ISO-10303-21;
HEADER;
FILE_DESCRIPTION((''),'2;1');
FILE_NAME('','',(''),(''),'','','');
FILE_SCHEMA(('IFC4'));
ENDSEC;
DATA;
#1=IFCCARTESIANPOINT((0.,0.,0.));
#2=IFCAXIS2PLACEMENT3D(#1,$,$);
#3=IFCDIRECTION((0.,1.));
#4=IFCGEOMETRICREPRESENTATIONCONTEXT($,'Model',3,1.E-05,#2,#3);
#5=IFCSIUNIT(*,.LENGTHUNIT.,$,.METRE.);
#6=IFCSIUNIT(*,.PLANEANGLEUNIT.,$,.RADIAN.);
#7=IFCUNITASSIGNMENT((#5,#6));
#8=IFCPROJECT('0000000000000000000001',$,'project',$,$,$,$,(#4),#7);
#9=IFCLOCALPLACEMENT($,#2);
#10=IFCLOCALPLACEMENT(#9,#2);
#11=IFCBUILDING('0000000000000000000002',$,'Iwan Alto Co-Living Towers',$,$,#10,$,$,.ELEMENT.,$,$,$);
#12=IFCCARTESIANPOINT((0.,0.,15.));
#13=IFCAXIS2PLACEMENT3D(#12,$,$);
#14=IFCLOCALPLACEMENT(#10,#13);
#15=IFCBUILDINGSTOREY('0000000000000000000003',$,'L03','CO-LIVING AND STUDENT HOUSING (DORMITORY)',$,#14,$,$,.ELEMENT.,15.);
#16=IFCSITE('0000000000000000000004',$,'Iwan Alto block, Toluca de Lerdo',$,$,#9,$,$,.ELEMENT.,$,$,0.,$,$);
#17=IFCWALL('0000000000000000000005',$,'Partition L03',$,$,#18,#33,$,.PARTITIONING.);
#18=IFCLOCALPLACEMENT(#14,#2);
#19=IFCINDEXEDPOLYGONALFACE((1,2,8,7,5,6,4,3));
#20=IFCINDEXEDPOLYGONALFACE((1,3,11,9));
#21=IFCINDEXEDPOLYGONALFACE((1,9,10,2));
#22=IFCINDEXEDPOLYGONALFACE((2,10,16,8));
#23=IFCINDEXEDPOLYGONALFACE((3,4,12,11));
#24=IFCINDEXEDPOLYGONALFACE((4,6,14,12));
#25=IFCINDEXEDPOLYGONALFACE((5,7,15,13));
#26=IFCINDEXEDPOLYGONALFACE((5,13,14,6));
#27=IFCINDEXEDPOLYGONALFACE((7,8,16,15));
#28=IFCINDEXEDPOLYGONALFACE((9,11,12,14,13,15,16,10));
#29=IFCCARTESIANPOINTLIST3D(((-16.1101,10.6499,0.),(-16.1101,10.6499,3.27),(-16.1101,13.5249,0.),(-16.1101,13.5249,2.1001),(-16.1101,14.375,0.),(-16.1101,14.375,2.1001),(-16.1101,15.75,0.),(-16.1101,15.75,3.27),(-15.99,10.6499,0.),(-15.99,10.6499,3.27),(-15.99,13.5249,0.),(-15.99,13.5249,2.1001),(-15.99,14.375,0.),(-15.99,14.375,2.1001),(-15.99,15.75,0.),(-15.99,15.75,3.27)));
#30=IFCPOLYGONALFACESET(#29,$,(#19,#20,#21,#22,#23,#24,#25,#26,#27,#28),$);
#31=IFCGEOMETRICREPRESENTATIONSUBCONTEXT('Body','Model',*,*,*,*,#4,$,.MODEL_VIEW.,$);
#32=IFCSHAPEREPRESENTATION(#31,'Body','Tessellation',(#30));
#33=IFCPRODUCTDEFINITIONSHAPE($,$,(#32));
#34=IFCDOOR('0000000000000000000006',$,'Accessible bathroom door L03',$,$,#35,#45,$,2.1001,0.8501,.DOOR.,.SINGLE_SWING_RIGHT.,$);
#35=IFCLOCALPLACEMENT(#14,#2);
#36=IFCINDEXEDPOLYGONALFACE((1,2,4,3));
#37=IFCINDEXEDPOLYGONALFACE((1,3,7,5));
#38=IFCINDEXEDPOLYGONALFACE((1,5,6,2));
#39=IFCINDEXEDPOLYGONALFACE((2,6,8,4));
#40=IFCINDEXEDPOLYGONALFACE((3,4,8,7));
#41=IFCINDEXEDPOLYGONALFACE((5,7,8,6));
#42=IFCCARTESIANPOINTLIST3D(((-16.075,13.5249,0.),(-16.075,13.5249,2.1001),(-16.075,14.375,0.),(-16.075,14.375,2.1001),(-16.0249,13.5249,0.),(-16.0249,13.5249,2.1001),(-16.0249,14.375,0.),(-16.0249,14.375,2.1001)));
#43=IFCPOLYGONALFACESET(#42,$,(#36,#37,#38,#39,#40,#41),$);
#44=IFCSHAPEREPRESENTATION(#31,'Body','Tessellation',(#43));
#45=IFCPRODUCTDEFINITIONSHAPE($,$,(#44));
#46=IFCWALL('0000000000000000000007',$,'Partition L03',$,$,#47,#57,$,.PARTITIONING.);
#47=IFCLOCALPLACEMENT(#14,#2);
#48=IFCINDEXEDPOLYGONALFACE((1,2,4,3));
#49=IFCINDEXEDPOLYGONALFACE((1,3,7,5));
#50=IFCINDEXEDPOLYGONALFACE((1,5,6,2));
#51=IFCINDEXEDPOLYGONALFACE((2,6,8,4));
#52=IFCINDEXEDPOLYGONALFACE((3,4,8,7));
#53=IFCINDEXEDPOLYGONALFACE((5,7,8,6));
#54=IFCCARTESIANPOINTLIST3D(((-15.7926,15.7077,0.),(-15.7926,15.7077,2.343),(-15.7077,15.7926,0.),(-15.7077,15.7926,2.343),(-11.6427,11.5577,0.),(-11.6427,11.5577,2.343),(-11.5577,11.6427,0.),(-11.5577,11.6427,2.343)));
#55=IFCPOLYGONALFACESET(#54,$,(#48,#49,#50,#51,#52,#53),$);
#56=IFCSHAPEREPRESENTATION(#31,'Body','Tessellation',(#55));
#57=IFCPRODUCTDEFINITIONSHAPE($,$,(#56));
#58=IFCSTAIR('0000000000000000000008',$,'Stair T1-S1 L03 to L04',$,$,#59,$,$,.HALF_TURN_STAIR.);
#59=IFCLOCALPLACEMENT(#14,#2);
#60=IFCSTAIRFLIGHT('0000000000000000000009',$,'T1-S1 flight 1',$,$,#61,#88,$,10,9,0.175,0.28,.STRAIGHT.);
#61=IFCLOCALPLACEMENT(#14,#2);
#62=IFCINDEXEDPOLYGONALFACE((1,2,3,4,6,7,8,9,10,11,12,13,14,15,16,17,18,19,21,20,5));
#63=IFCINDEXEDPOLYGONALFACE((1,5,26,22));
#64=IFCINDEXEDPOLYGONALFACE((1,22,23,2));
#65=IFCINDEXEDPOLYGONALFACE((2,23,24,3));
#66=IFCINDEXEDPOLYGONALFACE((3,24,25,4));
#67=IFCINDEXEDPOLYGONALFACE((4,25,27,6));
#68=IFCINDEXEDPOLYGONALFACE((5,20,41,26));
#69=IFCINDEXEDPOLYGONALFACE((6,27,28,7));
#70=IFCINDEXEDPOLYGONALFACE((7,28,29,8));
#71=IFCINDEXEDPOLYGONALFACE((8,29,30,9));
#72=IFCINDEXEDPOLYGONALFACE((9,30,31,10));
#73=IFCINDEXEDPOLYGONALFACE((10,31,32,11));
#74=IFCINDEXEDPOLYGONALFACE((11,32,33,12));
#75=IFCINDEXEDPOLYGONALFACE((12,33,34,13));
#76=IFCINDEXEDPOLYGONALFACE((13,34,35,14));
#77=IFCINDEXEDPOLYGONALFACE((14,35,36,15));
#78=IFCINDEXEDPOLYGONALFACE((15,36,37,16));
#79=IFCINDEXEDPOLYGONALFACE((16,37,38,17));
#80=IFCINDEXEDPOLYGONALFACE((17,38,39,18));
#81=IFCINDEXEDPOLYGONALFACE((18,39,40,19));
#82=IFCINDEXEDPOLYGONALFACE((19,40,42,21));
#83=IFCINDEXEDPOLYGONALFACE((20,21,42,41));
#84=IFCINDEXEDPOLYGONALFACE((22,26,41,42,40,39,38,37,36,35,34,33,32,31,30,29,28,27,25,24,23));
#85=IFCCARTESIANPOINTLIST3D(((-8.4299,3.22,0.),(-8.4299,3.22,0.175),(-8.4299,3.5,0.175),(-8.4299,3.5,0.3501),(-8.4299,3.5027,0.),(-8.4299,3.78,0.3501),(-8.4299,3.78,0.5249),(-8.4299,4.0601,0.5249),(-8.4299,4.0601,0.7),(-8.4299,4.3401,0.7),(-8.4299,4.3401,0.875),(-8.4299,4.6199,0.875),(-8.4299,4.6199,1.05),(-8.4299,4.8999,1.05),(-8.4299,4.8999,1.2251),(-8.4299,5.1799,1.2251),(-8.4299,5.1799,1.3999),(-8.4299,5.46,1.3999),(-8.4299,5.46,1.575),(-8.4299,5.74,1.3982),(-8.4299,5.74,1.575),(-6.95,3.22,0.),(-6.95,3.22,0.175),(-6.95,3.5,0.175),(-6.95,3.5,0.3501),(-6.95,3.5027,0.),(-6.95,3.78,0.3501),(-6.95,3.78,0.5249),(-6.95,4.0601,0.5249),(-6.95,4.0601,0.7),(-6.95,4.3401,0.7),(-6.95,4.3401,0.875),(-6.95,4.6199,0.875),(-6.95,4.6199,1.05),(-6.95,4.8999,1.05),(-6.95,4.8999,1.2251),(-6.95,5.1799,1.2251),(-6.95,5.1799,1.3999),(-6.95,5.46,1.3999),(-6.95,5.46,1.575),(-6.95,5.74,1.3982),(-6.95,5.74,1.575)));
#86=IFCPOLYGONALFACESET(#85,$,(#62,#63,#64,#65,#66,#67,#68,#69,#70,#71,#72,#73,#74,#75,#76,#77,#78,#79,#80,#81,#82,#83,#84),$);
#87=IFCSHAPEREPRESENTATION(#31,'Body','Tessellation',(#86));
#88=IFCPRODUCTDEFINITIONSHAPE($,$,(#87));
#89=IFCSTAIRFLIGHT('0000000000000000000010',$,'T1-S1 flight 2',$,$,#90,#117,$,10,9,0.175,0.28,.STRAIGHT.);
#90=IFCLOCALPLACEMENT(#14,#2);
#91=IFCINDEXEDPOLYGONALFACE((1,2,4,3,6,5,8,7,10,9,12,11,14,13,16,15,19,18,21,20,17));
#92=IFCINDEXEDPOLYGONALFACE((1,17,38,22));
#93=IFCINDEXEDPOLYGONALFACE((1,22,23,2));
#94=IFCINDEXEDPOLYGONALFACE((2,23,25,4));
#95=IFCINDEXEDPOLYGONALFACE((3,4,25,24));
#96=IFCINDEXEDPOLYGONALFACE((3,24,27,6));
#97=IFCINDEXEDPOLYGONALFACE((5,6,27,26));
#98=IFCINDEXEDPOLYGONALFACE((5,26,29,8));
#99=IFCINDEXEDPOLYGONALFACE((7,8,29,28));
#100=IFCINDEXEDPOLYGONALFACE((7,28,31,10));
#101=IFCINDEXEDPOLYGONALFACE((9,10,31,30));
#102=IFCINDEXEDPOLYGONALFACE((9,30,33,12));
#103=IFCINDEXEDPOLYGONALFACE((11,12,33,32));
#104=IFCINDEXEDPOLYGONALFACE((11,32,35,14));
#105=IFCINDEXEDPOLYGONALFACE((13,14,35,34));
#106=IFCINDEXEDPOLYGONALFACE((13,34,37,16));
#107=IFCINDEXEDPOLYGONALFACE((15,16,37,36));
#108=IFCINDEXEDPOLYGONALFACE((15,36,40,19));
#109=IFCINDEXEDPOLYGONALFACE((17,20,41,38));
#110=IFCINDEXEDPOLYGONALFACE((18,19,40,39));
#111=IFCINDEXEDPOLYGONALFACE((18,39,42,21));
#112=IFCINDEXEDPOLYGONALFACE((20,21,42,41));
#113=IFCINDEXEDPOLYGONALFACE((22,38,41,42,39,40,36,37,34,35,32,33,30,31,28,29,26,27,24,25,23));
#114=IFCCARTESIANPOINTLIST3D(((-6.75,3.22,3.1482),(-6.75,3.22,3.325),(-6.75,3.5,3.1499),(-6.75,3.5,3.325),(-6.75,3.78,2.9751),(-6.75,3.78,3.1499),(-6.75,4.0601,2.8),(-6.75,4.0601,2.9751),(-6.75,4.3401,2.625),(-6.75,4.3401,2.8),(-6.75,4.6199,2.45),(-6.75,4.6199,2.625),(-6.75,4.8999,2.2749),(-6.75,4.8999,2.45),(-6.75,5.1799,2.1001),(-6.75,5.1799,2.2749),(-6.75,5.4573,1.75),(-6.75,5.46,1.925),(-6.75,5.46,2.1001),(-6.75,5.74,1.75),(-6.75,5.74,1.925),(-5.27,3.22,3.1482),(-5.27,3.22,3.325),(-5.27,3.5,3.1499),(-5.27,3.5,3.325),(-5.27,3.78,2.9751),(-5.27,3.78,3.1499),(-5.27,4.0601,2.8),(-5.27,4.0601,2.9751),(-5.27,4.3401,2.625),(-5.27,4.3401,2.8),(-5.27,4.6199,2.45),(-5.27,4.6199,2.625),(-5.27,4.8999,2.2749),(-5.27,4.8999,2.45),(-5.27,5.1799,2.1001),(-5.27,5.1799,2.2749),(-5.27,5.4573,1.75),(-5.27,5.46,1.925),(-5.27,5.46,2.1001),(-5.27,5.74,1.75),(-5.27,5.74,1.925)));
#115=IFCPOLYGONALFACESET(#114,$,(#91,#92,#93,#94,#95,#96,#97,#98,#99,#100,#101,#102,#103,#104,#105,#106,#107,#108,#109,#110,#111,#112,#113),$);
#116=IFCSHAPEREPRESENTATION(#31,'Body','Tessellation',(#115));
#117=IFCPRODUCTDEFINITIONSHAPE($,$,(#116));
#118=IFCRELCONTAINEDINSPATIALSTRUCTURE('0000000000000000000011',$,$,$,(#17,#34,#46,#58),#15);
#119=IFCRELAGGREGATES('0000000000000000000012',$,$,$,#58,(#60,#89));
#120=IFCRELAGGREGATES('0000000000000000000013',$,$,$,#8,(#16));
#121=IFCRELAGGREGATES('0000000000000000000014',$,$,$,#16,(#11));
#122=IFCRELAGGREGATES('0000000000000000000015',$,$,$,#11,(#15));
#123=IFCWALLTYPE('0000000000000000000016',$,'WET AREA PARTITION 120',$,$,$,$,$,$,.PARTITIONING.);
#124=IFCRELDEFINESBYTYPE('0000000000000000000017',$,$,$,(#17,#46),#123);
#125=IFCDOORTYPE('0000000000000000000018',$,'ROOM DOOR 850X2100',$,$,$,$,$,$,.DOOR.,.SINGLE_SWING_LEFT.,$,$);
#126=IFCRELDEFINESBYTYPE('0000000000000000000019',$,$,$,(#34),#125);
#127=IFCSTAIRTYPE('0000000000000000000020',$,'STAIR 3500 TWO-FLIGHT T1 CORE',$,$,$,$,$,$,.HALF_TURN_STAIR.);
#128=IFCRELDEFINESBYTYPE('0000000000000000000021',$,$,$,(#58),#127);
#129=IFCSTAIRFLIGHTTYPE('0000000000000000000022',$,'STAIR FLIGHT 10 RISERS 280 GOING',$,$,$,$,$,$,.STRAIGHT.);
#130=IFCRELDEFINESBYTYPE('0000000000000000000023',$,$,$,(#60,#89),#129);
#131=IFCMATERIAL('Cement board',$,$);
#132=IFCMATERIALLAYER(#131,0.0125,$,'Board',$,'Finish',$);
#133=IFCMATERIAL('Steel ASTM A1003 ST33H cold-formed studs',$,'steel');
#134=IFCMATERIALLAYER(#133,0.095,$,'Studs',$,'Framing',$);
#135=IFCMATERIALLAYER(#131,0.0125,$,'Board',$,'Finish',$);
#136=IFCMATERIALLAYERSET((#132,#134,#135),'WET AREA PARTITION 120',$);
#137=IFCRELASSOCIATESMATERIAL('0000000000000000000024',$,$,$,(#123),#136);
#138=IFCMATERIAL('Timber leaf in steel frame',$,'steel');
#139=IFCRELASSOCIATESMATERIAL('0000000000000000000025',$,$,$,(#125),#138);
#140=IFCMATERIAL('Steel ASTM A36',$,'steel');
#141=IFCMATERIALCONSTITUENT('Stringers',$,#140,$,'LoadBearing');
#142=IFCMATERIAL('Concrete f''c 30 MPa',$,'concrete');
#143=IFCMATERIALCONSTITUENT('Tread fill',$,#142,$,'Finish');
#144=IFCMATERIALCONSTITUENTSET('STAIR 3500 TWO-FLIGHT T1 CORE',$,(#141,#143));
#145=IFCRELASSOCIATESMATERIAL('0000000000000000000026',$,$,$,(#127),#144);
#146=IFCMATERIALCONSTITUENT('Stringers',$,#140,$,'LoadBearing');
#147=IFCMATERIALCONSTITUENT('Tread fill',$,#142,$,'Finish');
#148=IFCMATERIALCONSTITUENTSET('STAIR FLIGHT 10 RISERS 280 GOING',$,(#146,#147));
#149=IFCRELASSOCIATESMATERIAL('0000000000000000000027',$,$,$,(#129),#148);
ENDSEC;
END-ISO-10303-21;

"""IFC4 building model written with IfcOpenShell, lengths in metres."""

from ifc_helpers import new_model, si_unit, direction, frame, frame_2d, origin, place, context, subcontext, project, spatial, polyline, rectangle, outline, extrude, material, layer, layer_set, constituent, constituent_set, type_object, element, fill, aggregate, save


model = new_model("IFC4")

# Units and contexts
model_context = context("Model", 3, precision=1e-05, world=origin(), true_north=direction((0.0, 1.0)))
body_context = subcontext(model_context, "Body", "Model", "MODEL_VIEW")
ifc_project = project(units=[si_unit("LENGTHUNIT", "METRE"), si_unit("PLANEANGLEUNIT", "RADIAN")], contexts=[model_context])

# Site, building, storey
site_placement = place(None, origin())
site = spatial("IfcSite", under=ifc_project, at=site_placement, Name="Iwan Alto block, Toluca de Lerdo", CompositionType="ELEMENT", RefElevation=0.0)
building_placement = place(site_placement, origin())
building = spatial("IfcBuilding", under=site, at=building_placement, Name="Iwan Alto Co-Living Towers", CompositionType="ELEMENT")
storey_placement = place(building_placement, frame((0.0, 0.0, 15.0)))
storey = spatial("IfcBuildingStorey", under=building, at=storey_placement, Name="L03", Description="CO-LIVING AND STUDENT HOUSING (DORMITORY)", CompositionType="ELEMENT", Elevation=15.0)

# Shared definitions
ifc_material_1 = material(Name="Steel ASTM A1003 ST33H cold-formed studs", Category="steel")

# Shared definitions
ifc_material_2 = material(Name="Cement board")
ifc_layer_1 = layer(ifc_material_2, 0.0125, Name="Board", Category="Finish")
ifc_layer_2 = layer(ifc_material_1, 0.095, Name="Studs", Category="Framing")
ifc_layer_3 = layer(ifc_material_2, 0.0125, Name="Board", Category="Finish")
ifc_layer_set_1 = layer_set([ifc_layer_1, ifc_layer_2, ifc_layer_3], Name="WET AREA PARTITION 120")
wall_type_1 = type_object("IfcWallType", Name="WET AREA PARTITION 120", PredefinedType="PARTITIONING", material=ifc_layer_set_1)
ifc_material_3 = material(Name="Timber leaf in steel frame", Category="steel")
door_type_1 = type_object("IfcDoorType", Name="ROOM DOOR 850X2100", OperationType="SINGLE_SWING_LEFT", PredefinedType="DOOR", material=ifc_material_3)

# Wall, opening, door
wall_1_placement = place(storey_placement, frame((-16.05, 10.6499, 0.0), z_axis=(0.0, 0.0, 1.0), x_axis=(0.0, 1.0, 0.0)))
wall_1 = element("IfcWall", 1, at=wall_1_placement, inside=storey, type_object=wall_type_1, Name="Partition L03", PredefinedType="PARTITIONING", context=body_context, shape_type="SweptSolid", body=[
    extrude(rectangle(XDim=5.1001, YDim=0.1201, at=frame_2d((2.55, 0.0))), origin(), (0.0, 0.0, 1.0), 3.27),
])
opening_1_placement = place(wall_1_placement, frame((2.875, 0.0, 0.0)))
opening_1 = element("IfcOpeningElement", 2, at=opening_1_placement, cuts=wall_1, PredefinedType="OPENING", context=body_context, shape_type="SweptSolid", body=[
    extrude(rectangle(XDim=0.8501, YDim=2.1001, at=frame_2d((0.425, 1.05))), frame((0.0, 0.0701, 0.0), z_axis=(0.0, -1.0, 0.0), x_axis=(1.0, 0.0, 0.0)), (0.0, 0.0, 1.0), 0.1401),
])
door_1_placement = place(opening_1_placement, origin())
door_1 = element("IfcDoor", 3, at=door_1_placement, inside=storey, type_object=door_type_1, Name="Accessible bathroom door L03", OperationType="SINGLE_SWING_RIGHT", OverallHeight=2.1001, OverallWidth=0.8501, PredefinedType="DOOR", context=body_context, shape_type="SweptSolid", body=[
    extrude(rectangle(XDim=0.8501, YDim=2.1001, at=frame_2d((0.425, 1.05))), frame((0.0, 0.0249, 0.0), z_axis=(0.0, -1.0, 0.0), x_axis=(1.0, 0.0, 0.0)), (0.0, 0.0, 1.0), 0.05),
])
fill(opening_1, door_1)

# Wall
wall_2_placement = place(storey_placement, frame((-11.6001, 11.6001, 0.0), z_axis=(0.0, 0.0, 1.0), x_axis=(-0.707107, 0.707107, 0.0)))
element("IfcWall", 4, at=wall_2_placement, inside=storey, type_object=wall_type_1, Name="Partition L03", PredefinedType="PARTITIONING", context=body_context, shape_type="SweptSolid", body=[
    extrude(rectangle(XDim=5.8689, YDim=0.1201, at=frame_2d((2.9346, 0.0))), origin(), (0.0, 0.0, 1.0), 2.343),
])

# Stair, stair flights
ifc_material_4 = material(Name="Steel ASTM A36", Category="steel")
ifc_constituent_1 = constituent(ifc_material_4, Name="Stringers", Category="LoadBearing")
ifc_material_5 = material(Name="Concrete f'c 30 MPa", Category="concrete")
ifc_constituent_2 = constituent(ifc_material_5, Name="Tread fill", Category="Finish")
ifc_constituent_set_1 = constituent_set(constituents=[ifc_constituent_1, ifc_constituent_2], Name="STAIR 3500 TWO-FLIGHT T1 CORE")
stair_type = type_object("IfcStairType", Name="STAIR 3500 TWO-FLIGHT T1 CORE", PredefinedType="HALF_TURN_STAIR", material=ifc_constituent_set_1)
stair_placement = place(storey_placement, origin())
stair = element("IfcStair", 5, at=stair_placement, inside=storey, type_object=stair_type, Name="Stair T1-S1 L03 to L04", PredefinedType="HALF_TURN_STAIR")
ifc_constituent_3 = constituent(ifc_material_4, Name="Stringers", Category="LoadBearing")
ifc_constituent_4 = constituent(ifc_material_5, Name="Tread fill", Category="Finish")
ifc_constituent_set_2 = constituent_set(constituents=[ifc_constituent_3, ifc_constituent_4], Name="STAIR FLIGHT 10 RISERS 280 GOING")
stair_flight_type = type_object("IfcStairFlightType", Name="STAIR FLIGHT 10 RISERS 280 GOING", PredefinedType="STRAIGHT", material=ifc_constituent_set_2)
stair_flight_1_placement = place(storey_placement, frame((-7.6899, 3.22, 0.0), z_axis=(0.0, 0.0, 1.0), x_axis=(0.0, 1.0, 0.0)))
stair_flight_1 = element("IfcStairFlight", 6, at=stair_flight_1_placement, type_object=stair_flight_type, Name="T1-S1 flight 1", NumberOfRisers=10, NumberOfTreads=9, PredefinedType="STRAIGHT", RiserHeight=0.175, TreadLength=0.28, context=body_context, shape_type="SweptSolid", body=[
    extrude(outline(polyline([(0.0, 0.0), (0.0, 0.175), (0.28, 0.175), (0.28, 0.3501), (0.5601, 0.3501), (0.5601, 0.5249), (0.8401, 0.5249), (0.8401, 0.7), (1.1201, 0.7), (1.1201, 0.875), (1.3999, 0.875), (1.3999, 1.05), (1.6799, 1.05), (1.6799, 1.2251), (1.96, 1.2251), (1.96, 1.3999), (2.24, 1.3999), (2.24, 1.575), (2.52, 1.575), (2.52, 1.75), (2.52, 1.3982), (0.2827, 0.0), (0.0, 0.0)])), frame((0.0, 0.74, 0.0), z_axis=(0.0, -1.0, 0.0), x_axis=(1.0, 0.0, 0.0)), (0.0, 0.0, 1.0), 1.48),
])
stair_flight_2_placement = place(storey_placement, frame((-6.01, 5.74, 1.75), z_axis=(0.0, 0.0, 1.0), x_axis=(0.0, -1.0, 0.0)))
stair_flight_2 = element("IfcStairFlight", 7, at=stair_flight_2_placement, type_object=stair_flight_type, Name="T1-S1 flight 2", NumberOfRisers=10, NumberOfTreads=9, PredefinedType="STRAIGHT", RiserHeight=0.175, TreadLength=0.28, context=body_context, shape_type="SweptSolid", body=[
    extrude(outline(polyline([(0.0, 0.0), (0.0, 0.175), (0.28, 0.175), (0.28, 0.3501), (0.5601, 0.3501), (0.5601, 0.5249), (0.8401, 0.5249), (0.8401, 0.7), (1.1201, 0.7), (1.1201, 0.875), (1.3999, 0.875), (1.3999, 1.05), (1.6799, 1.05), (1.6799, 1.2251), (1.96, 1.2251), (1.96, 1.3999), (2.24, 1.3999), (2.24, 1.575), (2.52, 1.575), (2.52, 1.75), (2.52, 1.3982), (0.2827, 0.0), (0.0, 0.0)])), frame((0.0, 0.74, 0.0), z_axis=(0.0, -1.0, 0.0), x_axis=(1.0, 0.0, 0.0)), (0.0, 0.0, 1.0), 1.48),
])
aggregate(stair, [stair_flight_1, stair_flight_2])

save(model, "model.ifc")
